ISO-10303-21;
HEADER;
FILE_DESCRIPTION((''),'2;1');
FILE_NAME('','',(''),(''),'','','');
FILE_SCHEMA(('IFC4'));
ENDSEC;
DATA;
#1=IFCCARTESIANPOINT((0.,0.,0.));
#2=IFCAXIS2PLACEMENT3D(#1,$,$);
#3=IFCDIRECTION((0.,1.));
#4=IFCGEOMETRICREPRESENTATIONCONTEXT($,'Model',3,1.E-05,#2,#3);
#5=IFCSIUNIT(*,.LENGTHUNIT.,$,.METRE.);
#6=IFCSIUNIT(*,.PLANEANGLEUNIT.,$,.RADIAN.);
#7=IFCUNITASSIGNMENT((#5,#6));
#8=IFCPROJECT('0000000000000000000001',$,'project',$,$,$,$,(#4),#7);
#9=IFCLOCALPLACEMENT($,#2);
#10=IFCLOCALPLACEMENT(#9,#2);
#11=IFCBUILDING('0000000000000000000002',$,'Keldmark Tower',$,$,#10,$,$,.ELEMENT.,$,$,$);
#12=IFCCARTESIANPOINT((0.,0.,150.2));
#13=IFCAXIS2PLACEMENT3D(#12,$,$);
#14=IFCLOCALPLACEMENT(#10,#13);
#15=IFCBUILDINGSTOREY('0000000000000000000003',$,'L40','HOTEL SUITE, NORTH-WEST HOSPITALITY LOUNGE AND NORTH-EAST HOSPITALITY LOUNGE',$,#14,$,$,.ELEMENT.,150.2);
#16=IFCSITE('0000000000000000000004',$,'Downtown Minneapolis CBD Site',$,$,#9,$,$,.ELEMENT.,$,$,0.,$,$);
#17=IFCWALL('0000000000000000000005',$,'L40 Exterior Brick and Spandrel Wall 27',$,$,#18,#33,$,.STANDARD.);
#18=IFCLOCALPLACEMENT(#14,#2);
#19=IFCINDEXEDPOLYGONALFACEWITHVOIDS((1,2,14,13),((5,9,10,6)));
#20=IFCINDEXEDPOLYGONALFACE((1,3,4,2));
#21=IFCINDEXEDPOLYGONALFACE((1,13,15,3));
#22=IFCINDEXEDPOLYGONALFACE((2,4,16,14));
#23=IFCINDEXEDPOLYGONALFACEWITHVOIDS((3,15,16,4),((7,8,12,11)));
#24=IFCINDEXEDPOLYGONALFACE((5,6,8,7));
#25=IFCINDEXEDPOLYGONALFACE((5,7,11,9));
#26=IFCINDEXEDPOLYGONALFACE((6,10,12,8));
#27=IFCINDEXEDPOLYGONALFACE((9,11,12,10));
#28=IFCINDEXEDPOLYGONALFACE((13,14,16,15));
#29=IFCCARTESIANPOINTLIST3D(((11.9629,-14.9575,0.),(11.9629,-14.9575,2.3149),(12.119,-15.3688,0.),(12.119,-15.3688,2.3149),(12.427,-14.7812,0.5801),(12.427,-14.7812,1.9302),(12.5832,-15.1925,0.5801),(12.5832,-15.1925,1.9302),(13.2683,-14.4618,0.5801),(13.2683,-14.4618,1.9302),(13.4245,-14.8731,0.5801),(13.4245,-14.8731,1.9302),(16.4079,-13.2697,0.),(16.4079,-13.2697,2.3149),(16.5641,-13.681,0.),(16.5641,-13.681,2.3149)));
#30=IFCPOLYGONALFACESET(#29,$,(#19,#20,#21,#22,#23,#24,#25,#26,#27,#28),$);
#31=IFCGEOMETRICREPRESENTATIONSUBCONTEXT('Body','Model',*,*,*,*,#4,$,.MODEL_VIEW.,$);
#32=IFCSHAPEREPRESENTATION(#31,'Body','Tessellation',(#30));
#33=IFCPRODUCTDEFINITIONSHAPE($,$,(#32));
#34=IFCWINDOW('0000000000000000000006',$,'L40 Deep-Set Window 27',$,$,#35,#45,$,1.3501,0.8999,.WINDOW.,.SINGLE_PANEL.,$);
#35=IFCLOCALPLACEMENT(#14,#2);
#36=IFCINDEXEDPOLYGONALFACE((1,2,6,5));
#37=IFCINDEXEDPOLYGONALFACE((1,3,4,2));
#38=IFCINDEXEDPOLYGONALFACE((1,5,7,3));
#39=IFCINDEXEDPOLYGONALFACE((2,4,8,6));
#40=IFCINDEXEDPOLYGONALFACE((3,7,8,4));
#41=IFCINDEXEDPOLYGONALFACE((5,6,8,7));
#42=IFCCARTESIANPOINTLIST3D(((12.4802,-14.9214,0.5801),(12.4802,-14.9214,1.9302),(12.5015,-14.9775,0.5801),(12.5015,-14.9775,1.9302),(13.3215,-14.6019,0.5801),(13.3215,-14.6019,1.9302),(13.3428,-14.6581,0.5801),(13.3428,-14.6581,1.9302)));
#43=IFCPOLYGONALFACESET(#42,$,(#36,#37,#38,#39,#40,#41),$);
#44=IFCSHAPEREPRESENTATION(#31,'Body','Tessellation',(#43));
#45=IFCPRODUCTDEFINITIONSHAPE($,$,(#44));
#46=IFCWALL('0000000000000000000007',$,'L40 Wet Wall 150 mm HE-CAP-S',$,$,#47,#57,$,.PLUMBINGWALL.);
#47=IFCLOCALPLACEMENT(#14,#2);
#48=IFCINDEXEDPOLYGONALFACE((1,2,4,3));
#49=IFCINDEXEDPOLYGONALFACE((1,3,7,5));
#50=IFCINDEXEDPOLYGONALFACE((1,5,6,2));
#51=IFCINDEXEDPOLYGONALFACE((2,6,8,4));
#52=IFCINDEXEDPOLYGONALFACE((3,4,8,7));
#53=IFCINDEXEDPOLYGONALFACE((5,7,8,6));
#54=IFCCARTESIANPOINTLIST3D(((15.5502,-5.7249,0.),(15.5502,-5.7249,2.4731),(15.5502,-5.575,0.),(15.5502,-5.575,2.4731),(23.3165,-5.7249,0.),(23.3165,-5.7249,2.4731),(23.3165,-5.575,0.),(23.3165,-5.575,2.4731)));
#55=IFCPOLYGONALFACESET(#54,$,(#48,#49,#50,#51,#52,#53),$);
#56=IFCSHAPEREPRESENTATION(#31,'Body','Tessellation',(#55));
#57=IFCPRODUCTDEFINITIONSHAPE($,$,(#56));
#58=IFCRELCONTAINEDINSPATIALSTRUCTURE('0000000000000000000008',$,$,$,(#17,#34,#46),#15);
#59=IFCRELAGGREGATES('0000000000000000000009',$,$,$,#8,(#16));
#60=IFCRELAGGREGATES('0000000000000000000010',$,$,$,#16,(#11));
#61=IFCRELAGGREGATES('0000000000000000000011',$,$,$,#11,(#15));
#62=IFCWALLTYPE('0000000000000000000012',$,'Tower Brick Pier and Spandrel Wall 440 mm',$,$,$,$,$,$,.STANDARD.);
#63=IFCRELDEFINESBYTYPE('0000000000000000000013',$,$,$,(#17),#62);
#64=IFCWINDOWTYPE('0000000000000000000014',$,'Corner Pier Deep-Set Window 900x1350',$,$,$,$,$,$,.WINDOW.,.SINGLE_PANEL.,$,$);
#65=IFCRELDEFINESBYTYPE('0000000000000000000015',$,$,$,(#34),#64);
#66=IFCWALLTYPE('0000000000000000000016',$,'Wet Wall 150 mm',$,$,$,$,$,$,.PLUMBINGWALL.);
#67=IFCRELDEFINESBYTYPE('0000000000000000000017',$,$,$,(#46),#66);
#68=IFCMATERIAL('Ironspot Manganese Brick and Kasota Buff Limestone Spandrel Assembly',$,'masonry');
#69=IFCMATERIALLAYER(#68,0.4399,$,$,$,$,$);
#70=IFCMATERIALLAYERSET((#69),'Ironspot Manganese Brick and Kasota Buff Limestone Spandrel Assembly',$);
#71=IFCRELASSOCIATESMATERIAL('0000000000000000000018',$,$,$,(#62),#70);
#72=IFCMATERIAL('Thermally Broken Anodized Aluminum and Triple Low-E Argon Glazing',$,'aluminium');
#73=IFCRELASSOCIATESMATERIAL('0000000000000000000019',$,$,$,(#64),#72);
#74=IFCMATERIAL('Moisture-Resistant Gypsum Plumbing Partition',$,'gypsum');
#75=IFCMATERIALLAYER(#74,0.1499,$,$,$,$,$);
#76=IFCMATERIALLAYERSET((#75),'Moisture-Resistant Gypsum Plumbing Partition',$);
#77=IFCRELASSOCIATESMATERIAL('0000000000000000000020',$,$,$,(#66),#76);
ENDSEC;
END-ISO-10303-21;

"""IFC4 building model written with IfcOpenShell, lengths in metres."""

from ifc_helpers import new_model, si_unit, direction, frame, frame_2d, origin, place, context, subcontext, project, spatial, rectangle, extrude, material, layer, layer_set, type_object, element, fill, save


model = new_model("IFC4")

# Units and contexts
model_context = context("Model", 3, precision=1e-05, world=origin(), true_north=direction((0.0, 1.0)))
body_context = subcontext(model_context, "Body", "Model", "MODEL_VIEW")
ifc_project = project(units=[si_unit("LENGTHUNIT", "METRE"), si_unit("PLANEANGLEUNIT", "RADIAN")], contexts=[model_context])

# Site, building, storey
site_placement = place(None, origin())
site = spatial("IfcSite", under=ifc_project, at=site_placement, Name="Downtown Minneapolis CBD Site", CompositionType="ELEMENT", RefElevation=0.0)
building_placement = place(site_placement, origin())
building = spatial("IfcBuilding", under=site, at=building_placement, Name="Keldmark Tower", CompositionType="ELEMENT")
storey_placement = place(building_placement, frame((0.0, 0.0, 150.2)))
storey = spatial("IfcBuildingStorey", under=building, at=storey_placement, Name="L40", Description="HOTEL SUITE, NORTH-WEST HOSPITALITY LOUNGE AND NORTH-EAST HOSPITALITY LOUNGE", CompositionType="ELEMENT", Elevation=150.2)

# Wall, opening, window
ifc_material_1 = material(Name="Ironspot Manganese Brick and Kasota Buff Limestone Spandrel Assembly", Category="masonry")
ifc_layer_1 = layer(ifc_material_1, 0.4399)
ifc_layer_set_1 = layer_set([ifc_layer_1], Name="Ironspot Manganese Brick and Kasota Buff Limestone Spandrel Assembly")
wall_type_1 = type_object("IfcWallType", Name="Tower Brick Pier and Spandrel Wall 440 mm", PredefinedType="STANDARD", material=ifc_layer_set_1)
wall_1_placement = place(storey_placement, frame((16.4861, -13.4753, 0.0), z_axis=(0.0, 0.0, 1.0), x_axis=(-0.93488, -0.354964, 0.0)))
wall_1 = element("IfcWall", 1, at=wall_1_placement, inside=storey, type_object=wall_type_1, Name="L40 Exterior Brick and Spandrel Wall 27", PredefinedType="STANDARD", context=body_context, shape_type="SweptSolid", body=[
    extrude(rectangle(XDim=4.7546, YDim=0.4399, at=frame_2d((2.3774, 0.0))), origin(), (0.0, 0.0, 1.0), 2.3149),
])
opening_1_placement = place(wall_1_placement, frame((3.3584, 0.0, 0.5801)))
opening_1 = element("IfcOpeningElement", 2, at=opening_1_placement, cuts=wall_1, PredefinedType="OPENING", context=body_context, shape_type="SweptSolid", body=[
    extrude(rectangle(XDim=0.8999, YDim=1.3501, at=frame_2d((0.45, 0.675))), frame((0.0, 0.23, 0.0), z_axis=(0.0, -1.0, 0.0), x_axis=(1.0, 0.0, 0.0)), (0.0, 0.0, 1.0), 0.46),
])
ifc_material_2 = material(Name="Thermally Broken Anodized Aluminum and Triple Low-E Argon Glazing", Category="aluminium")
window_type = type_object("IfcWindowType", Name="Corner Pier Deep-Set Window 900x1350", PartitioningType="SINGLE_PANEL", PredefinedType="WINDOW", material=ifc_material_2)
window_placement = place(opening_1_placement, origin())
window = element("IfcWindow", 3, at=window_placement, inside=storey, type_object=window_type, Name="L40 Deep-Set Window 27", OverallHeight=1.3501, OverallWidth=0.8999, PartitioningType="SINGLE_PANEL", PredefinedType="WINDOW", context=body_context, shape_type="SweptSolid", body=[
    extrude(rectangle(XDim=0.8999, YDim=1.3501, at=frame_2d((0.45, 0.675))), frame((0.0, -0.01, 0.0), z_axis=(0.0, -1.0, 0.0), x_axis=(1.0, 0.0, 0.0)), (0.0, 0.0, 1.0), 0.0601),
])
fill(opening_1, window)

# Wall
ifc_material_3 = material(Name="Moisture-Resistant Gypsum Plumbing Partition", Category="gypsum")
ifc_layer_2 = layer(ifc_material_3, 0.1499)
ifc_layer_set_2 = layer_set([ifc_layer_2], Name="Moisture-Resistant Gypsum Plumbing Partition")
wall_type_2 = type_object("IfcWallType", Name="Wet Wall 150 mm", PredefinedType="PLUMBINGWALL", material=ifc_layer_set_2)
wall_2_placement = place(storey_placement, frame((15.55, -5.6499, 0.0), z_axis=(0.0, 0.0, 1.0), x_axis=(1.0, 0.0, 0.0)))
element("IfcWall", 4, at=wall_2_placement, inside=storey, type_object=wall_type_2, Name="L40 Wet Wall 150 mm HE-CAP-S", PredefinedType="PLUMBINGWALL", context=body_context, shape_type="SweptSolid", body=[
    extrude(rectangle(XDim=7.7664, YDim=0.1499, at=frame_2d((3.8833, 0.0))), origin(), (0.0, 0.0, 1.0), 2.4731),
])

save(model, "model.ifc")
